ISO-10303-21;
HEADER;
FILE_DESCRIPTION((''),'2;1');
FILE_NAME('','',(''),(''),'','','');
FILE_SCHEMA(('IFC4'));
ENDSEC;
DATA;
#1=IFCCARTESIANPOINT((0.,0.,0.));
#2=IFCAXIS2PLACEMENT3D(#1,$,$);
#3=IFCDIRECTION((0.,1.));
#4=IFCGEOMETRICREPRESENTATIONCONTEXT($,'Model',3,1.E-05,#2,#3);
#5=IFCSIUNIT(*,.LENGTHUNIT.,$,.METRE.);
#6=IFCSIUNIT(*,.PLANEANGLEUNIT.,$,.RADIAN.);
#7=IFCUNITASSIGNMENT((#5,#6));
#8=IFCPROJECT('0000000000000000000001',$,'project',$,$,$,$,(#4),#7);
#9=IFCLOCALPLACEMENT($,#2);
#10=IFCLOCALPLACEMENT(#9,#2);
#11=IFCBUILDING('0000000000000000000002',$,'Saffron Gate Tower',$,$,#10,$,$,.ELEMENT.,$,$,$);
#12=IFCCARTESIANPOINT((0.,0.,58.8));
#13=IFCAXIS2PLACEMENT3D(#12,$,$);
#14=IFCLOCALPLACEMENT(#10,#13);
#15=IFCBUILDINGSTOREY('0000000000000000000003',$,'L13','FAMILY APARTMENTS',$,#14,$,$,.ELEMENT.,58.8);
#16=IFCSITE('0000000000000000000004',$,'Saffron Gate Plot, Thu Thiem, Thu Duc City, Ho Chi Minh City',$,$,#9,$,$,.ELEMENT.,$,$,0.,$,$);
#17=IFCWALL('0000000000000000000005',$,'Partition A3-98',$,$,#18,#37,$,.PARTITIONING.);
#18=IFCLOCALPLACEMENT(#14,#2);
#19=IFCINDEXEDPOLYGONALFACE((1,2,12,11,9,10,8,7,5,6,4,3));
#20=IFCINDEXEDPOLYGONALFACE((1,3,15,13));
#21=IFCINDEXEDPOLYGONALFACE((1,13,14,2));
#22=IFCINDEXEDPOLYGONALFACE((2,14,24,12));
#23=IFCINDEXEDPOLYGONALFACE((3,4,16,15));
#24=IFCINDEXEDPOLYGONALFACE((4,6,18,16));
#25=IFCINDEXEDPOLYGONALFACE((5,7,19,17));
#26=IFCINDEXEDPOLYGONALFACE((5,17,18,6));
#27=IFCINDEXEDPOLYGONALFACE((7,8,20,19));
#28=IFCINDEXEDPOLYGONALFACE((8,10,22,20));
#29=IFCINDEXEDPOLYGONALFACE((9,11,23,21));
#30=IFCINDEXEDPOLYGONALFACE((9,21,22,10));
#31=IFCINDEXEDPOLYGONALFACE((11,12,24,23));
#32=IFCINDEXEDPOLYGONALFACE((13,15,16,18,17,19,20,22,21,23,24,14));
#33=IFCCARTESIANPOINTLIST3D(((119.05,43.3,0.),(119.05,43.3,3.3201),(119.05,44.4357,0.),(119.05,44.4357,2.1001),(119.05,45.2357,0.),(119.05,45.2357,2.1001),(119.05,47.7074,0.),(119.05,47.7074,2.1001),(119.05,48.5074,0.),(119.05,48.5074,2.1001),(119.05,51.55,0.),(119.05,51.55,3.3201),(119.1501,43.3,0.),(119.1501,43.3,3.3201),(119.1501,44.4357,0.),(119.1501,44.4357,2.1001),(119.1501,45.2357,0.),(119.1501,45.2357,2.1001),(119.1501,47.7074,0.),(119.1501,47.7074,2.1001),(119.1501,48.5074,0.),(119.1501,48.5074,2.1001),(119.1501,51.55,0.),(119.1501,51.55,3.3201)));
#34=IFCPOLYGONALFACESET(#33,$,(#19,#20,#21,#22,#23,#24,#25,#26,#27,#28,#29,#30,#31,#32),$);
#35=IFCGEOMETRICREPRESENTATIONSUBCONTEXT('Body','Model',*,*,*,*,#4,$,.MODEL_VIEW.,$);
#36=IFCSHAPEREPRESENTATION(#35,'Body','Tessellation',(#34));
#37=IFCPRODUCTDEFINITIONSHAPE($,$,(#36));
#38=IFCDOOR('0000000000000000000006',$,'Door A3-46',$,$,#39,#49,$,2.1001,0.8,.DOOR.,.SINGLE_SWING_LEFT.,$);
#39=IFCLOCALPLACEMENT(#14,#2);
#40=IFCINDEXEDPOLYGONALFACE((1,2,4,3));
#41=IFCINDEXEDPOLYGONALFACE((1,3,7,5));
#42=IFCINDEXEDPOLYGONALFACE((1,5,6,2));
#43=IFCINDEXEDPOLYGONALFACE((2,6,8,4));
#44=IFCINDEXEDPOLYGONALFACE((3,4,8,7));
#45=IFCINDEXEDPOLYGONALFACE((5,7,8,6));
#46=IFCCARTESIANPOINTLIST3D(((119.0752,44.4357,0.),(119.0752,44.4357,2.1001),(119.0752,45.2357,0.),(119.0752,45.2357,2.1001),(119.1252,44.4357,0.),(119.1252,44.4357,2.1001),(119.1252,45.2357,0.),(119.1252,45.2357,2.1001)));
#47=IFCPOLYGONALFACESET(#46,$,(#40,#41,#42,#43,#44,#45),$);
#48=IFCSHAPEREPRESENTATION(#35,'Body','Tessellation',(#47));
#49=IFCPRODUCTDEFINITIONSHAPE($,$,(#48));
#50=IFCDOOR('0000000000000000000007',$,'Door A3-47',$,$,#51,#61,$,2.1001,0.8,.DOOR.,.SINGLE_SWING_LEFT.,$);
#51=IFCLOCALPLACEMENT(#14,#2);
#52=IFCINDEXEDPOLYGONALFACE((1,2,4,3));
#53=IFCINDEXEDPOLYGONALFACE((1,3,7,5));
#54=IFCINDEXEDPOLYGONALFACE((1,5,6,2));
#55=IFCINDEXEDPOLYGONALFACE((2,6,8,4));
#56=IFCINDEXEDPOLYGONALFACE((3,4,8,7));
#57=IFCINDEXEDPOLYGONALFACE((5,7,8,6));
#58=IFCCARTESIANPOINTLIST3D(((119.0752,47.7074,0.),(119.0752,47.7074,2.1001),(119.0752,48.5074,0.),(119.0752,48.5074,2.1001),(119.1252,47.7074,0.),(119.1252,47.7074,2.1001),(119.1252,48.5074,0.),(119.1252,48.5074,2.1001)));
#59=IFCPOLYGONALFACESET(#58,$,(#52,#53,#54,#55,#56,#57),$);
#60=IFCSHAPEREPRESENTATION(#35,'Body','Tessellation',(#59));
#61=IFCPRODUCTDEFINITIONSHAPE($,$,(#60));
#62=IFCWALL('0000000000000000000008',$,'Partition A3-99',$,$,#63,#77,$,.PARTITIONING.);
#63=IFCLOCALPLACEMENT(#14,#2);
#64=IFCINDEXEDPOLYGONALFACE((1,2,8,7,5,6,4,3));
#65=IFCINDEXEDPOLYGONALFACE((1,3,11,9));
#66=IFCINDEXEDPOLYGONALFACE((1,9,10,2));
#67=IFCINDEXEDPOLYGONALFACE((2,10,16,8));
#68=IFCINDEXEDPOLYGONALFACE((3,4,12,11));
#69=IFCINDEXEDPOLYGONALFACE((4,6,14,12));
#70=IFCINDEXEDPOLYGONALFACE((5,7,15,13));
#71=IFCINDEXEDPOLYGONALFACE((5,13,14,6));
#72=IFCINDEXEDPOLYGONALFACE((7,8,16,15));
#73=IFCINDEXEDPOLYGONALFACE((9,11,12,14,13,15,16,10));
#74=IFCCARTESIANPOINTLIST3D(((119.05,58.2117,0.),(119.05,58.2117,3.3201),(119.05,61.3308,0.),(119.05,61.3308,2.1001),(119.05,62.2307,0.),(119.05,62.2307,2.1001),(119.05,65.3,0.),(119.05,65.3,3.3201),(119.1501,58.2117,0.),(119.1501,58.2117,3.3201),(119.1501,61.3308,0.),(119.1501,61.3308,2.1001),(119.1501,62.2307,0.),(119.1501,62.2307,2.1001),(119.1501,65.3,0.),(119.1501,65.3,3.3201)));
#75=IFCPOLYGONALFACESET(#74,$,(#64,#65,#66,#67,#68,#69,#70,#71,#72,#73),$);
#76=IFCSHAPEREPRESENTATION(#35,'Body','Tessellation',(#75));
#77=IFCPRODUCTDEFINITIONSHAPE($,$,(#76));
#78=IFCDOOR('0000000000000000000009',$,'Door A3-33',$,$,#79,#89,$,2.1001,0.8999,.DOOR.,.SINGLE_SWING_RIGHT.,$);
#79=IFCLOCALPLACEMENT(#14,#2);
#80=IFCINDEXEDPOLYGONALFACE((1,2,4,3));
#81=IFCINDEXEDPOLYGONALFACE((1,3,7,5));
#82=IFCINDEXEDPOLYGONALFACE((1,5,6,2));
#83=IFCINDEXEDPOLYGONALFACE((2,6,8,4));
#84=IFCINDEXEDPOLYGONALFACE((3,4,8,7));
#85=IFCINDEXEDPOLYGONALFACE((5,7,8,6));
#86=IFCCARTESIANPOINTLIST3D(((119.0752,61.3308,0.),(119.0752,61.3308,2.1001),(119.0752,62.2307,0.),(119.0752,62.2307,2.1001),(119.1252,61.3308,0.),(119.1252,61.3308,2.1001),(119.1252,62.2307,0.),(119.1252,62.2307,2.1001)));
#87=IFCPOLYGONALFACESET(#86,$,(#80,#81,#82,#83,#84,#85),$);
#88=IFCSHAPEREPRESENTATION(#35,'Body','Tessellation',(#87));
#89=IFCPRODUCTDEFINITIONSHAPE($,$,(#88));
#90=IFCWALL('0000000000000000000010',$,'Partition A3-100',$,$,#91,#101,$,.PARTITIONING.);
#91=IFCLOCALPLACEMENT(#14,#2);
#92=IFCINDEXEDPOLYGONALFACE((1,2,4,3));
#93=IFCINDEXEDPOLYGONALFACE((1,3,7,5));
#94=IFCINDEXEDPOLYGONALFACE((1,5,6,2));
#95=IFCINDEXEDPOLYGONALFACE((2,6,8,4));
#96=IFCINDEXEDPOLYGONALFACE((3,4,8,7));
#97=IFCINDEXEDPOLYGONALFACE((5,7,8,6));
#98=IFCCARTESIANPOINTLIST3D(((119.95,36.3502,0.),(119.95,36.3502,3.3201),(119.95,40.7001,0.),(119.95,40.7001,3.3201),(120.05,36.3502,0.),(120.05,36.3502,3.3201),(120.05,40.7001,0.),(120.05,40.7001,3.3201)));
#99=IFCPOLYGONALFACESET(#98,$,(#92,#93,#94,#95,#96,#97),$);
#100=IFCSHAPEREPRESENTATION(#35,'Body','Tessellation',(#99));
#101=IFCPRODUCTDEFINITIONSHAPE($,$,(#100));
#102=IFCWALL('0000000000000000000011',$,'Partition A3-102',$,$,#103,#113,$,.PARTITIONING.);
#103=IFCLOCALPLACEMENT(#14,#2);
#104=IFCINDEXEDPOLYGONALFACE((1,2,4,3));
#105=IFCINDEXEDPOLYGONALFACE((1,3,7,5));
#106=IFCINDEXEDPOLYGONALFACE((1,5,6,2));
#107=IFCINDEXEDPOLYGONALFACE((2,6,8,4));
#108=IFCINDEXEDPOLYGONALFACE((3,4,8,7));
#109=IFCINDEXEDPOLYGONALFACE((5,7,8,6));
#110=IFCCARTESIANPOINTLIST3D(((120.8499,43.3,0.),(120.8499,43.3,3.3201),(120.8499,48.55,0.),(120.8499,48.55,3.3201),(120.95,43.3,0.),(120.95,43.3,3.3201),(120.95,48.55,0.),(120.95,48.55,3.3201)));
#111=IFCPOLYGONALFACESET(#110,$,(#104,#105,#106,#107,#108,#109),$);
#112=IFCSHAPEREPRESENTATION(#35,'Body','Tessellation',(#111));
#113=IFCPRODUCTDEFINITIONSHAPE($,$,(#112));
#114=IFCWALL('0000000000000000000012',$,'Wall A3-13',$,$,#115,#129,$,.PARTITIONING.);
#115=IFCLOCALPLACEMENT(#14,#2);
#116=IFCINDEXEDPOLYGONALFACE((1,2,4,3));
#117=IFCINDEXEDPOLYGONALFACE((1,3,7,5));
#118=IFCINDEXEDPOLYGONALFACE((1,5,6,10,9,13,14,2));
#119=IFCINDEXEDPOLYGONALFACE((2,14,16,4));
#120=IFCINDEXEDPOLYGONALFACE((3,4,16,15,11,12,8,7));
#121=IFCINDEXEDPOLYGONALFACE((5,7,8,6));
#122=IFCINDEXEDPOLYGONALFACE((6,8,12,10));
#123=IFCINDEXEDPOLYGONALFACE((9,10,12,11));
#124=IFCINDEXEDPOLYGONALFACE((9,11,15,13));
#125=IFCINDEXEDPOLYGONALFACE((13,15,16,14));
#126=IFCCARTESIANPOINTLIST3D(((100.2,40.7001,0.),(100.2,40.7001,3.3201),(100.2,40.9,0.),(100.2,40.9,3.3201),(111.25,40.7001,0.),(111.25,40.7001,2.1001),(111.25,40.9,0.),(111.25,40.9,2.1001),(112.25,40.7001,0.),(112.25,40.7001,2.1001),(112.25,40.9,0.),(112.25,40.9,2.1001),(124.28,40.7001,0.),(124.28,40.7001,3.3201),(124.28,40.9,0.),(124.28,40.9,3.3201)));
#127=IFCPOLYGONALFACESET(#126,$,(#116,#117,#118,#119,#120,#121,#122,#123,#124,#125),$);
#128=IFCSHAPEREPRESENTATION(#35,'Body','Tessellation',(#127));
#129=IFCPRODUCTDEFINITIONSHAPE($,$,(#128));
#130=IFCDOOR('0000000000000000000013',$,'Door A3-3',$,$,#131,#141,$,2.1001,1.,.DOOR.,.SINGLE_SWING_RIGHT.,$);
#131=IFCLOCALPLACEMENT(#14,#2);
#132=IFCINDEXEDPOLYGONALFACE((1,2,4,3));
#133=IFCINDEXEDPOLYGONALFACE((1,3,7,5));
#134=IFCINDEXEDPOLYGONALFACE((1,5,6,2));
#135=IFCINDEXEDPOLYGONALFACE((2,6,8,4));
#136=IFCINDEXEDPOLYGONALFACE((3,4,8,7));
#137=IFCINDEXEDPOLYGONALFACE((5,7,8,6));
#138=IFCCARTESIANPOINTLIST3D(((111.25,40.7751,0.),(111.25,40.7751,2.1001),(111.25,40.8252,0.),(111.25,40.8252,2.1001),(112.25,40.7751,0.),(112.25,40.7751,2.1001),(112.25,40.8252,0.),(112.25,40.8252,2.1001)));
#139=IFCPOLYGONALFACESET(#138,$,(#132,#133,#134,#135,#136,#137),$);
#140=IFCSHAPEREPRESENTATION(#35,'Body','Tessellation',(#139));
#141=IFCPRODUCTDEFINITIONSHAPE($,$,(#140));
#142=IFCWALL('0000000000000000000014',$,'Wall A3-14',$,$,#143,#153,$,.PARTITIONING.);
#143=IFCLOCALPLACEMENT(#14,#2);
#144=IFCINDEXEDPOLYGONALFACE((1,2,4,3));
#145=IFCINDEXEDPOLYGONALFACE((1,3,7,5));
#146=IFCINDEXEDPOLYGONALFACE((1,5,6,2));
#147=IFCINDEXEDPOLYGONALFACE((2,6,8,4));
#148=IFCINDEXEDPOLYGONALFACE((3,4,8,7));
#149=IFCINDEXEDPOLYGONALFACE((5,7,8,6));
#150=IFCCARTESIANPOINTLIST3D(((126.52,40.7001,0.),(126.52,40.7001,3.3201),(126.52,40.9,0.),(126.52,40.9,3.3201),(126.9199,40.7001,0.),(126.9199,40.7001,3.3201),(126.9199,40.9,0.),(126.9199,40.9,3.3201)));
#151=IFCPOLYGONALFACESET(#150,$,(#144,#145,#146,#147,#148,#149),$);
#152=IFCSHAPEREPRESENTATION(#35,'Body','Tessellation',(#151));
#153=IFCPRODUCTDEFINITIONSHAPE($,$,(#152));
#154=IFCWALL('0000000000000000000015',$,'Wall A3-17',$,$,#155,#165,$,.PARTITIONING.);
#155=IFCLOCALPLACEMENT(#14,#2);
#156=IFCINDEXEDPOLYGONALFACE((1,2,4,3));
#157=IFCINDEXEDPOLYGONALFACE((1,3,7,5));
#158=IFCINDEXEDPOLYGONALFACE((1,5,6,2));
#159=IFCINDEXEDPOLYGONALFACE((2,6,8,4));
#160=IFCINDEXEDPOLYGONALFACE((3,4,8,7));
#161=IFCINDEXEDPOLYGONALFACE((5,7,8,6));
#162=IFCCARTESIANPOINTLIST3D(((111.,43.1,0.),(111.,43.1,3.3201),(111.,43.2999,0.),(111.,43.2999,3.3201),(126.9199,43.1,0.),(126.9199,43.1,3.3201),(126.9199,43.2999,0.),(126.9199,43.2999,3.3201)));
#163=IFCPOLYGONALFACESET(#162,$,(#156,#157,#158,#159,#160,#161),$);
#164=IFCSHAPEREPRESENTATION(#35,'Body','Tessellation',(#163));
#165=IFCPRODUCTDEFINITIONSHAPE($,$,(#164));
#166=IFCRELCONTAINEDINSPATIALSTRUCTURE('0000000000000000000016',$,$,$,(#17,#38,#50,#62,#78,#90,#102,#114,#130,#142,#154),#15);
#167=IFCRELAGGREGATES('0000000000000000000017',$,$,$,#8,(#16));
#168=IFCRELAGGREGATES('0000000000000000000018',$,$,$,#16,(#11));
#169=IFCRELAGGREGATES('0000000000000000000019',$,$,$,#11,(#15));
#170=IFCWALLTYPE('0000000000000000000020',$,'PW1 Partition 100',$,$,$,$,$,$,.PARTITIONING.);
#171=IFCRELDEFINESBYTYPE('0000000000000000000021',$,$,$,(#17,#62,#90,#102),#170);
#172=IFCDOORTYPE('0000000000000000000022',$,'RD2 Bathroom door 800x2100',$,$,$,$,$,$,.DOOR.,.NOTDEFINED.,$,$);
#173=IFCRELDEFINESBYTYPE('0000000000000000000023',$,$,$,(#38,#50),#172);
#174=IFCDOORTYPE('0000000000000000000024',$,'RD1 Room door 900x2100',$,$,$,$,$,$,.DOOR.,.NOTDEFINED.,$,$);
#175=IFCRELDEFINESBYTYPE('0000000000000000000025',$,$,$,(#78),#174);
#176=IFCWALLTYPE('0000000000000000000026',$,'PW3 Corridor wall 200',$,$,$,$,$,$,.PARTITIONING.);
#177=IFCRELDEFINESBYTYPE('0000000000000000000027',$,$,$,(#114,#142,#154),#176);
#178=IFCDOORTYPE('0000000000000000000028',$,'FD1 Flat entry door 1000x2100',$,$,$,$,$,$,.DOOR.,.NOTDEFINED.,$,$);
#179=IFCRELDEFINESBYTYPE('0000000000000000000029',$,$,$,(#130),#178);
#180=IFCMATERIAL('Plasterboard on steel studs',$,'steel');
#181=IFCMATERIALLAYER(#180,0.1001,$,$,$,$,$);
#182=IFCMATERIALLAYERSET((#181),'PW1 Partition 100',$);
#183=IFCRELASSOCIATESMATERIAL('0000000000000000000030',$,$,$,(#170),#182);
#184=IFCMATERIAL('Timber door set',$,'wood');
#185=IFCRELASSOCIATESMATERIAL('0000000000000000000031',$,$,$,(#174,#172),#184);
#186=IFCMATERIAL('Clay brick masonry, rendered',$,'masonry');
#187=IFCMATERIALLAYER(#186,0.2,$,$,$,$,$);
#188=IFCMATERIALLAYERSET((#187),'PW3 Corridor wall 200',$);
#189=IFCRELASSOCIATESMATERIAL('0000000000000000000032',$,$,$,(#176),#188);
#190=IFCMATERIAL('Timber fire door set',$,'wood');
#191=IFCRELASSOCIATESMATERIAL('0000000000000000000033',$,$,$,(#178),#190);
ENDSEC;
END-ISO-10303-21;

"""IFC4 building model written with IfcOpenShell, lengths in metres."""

from ifc_helpers import new_model, si_unit, direction, frame, frame_2d, origin, place, context, subcontext, project, spatial, rectangle, extrude, material, layer, layer_set, type_object, element, fill, save


model = new_model("IFC4")

# Units and contexts
model_context = context("Model", 3, precision=1e-05, world=origin(), true_north=direction((0.0, 1.0)))
body_context = subcontext(model_context, "Body", "Model", "MODEL_VIEW")
ifc_project = project(units=[si_unit("LENGTHUNIT", "METRE"), si_unit("PLANEANGLEUNIT", "RADIAN")], contexts=[model_context])

# Site, building, storey
site_placement = place(None, origin())
site = spatial("IfcSite", under=ifc_project, at=site_placement, Name="Saffron Gate Plot, Thu Thiem, Thu Duc City, Ho Chi Minh City", CompositionType="ELEMENT", RefElevation=0.0)
building_placement = place(site_placement, origin())
building = spatial("IfcBuilding", under=site, at=building_placement, Name="Saffron Gate Tower", CompositionType="ELEMENT")
storey_placement = place(building_placement, frame((0.0, 0.0, 58.8)))
storey = spatial("IfcBuildingStorey", under=building, at=storey_placement, Name="L13", Description="FAMILY APARTMENTS", CompositionType="ELEMENT", Elevation=58.8)

# Shared definitions
ifc_material_1 = material(Name="Plasterboard on steel studs", Category="steel")
ifc_layer_1 = layer(ifc_material_1, 0.1001)
ifc_layer_set_1 = layer_set([ifc_layer_1], Name="PW1 Partition 100")
wall_type_1 = type_object("IfcWallType", Name="PW1 Partition 100", PredefinedType="PARTITIONING", material=ifc_layer_set_1)

# Shared definitions
ifc_material_2 = material(Name="Timber door set", Category="wood")
door_type_1 = type_object("IfcDoorType", Name="RD1 Room door 900x2100", OperationType="NOTDEFINED", PredefinedType="DOOR", material=ifc_material_2)

# Wall, openings, doors
wall_1_placement = place(storey_placement, frame((119.1001, 43.3, 0.0), z_axis=(0.0, 0.0, 1.0), x_axis=(0.0, 1.0, 0.0)))
wall_1 = element("IfcWall", 1, at=wall_1_placement, inside=storey, type_object=wall_type_1, Name="Partition A3-98", PredefinedType="PARTITIONING", context=body_context, shape_type="SweptSolid", body=[
    extrude(rectangle(XDim=8.25, YDim=0.1001, at=frame_2d((4.125, 0.0))), origin(), (0.0, 0.0, 1.0), 3.3201),
])
opening_1_placement = place(wall_1_placement, frame((1.1357, 0.0, 0.0)))
opening_1 = element("IfcOpeningElement", 2, at=opening_1_placement, cuts=wall_1, PredefinedType="OPENING", context=body_context, shape_type="SweptSolid", body=[
    extrude(rectangle(XDim=0.8, YDim=2.1001, at=frame_2d((0.3999, 1.05))), frame((0.0, 0.0601, 0.0), z_axis=(0.0, -1.0, 0.0), x_axis=(1.0, 0.0, 0.0)), (0.0, 0.0, 1.0), 0.1201),
])
opening_2_placement = place(wall_1_placement, frame((4.4075, 0.0, 0.0)))
opening_2 = element("IfcOpeningElement", 3, at=opening_2_placement, cuts=wall_1, PredefinedType="OPENING", context=body_context, shape_type="SweptSolid", body=[
    extrude(rectangle(XDim=0.8, YDim=2.1001, at=frame_2d((0.3999, 1.05))), frame((0.0, 0.0601, 0.0), z_axis=(0.0, -1.0, 0.0), x_axis=(1.0, 0.0, 0.0)), (0.0, 0.0, 1.0), 0.1201),
])
door_type_2 = type_object("IfcDoorType", Name="RD2 Bathroom door 800x2100", OperationType="NOTDEFINED", PredefinedType="DOOR", material=ifc_material_2)
door_1_placement = place(opening_1_placement, origin())
door_1 = element("IfcDoor", 4, at=door_1_placement, inside=storey, type_object=door_type_2, Name="Door A3-46", OperationType="SINGLE_SWING_LEFT", OverallHeight=2.1001, OverallWidth=0.8, PredefinedType="DOOR", context=body_context, shape_type="SweptSolid", body=[
    extrude(rectangle(XDim=0.8, YDim=2.1001, at=frame_2d((0.3999, 1.05))), frame((0.0, 0.0249, 0.0), z_axis=(0.0, -1.0, 0.0), x_axis=(1.0, 0.0, 0.0)), (0.0, 0.0, 1.0), 0.05),
])
fill(opening_1, door_1)
door_2_placement = place(opening_2_placement, origin())
door_2 = element("IfcDoor", 5, at=door_2_placement, inside=storey, type_object=door_type_2, Name="Door A3-47", OperationType="SINGLE_SWING_LEFT", OverallHeight=2.1001, OverallWidth=0.8, PredefinedType="DOOR", context=body_context, shape_type="SweptSolid", body=[
    extrude(rectangle(XDim=0.8, YDim=2.1001, at=frame_2d((0.3999, 1.05))), frame((0.0, 0.0249, 0.0), z_axis=(0.0, -1.0, 0.0), x_axis=(1.0, 0.0, 0.0)), (0.0, 0.0, 1.0), 0.05),
])
fill(opening_2, door_2)

# Wall, opening, door
wall_2_placement = place(storey_placement, frame((119.1001, 58.2117, 0.0), z_axis=(0.0, 0.0, 1.0), x_axis=(0.0, 1.0, 0.0)))
wall_2 = element("IfcWall", 6, at=wall_2_placement, inside=storey, type_object=wall_type_1, Name="Partition A3-99", PredefinedType="PARTITIONING", context=body_context, shape_type="SweptSolid", body=[
    extrude(rectangle(XDim=7.0884, YDim=0.1001, at=frame_2d((3.5442, 0.0))), origin(), (0.0, 0.0, 1.0), 3.3201),
])
opening_3_placement = place(wall_2_placement, frame((3.1191, 0.0, 0.0)))
opening_3 = element("IfcOpeningElement", 7, at=opening_3_placement, cuts=wall_2, PredefinedType="OPENING", context=body_context, shape_type="SweptSolid", body=[
    extrude(rectangle(XDim=0.8999, YDim=2.1001, at=frame_2d((0.45, 1.05))), frame((0.0, 0.0601, 0.0), z_axis=(0.0, -1.0, 0.0), x_axis=(1.0, 0.0, 0.0)), (0.0, 0.0, 1.0), 0.1201),
])
door_3_placement = place(opening_3_placement, origin())
door_3 = element("IfcDoor", 8, at=door_3_placement, inside=storey, type_object=door_type_1, Name="Door A3-33", OperationType="SINGLE_SWING_RIGHT", OverallHeight=2.1001, OverallWidth=0.8999, PredefinedType="DOOR", context=body_context, shape_type="SweptSolid", body=[
    extrude(rectangle(XDim=0.8999, YDim=2.1001, at=frame_2d((0.45, 1.05))), frame((0.0, 0.0249, 0.0), z_axis=(0.0, -1.0, 0.0), x_axis=(1.0, 0.0, 0.0)), (0.0, 0.0, 1.0), 0.05),
])
fill(opening_3, door_3)

# Walls
wall_3_placement = place(storey_placement, frame((120.0, 40.7, 0.0), z_axis=(0.0, 0.0, 1.0), x_axis=(0.0, -1.0, 0.0)))
element("IfcWall", 9, at=wall_3_placement, inside=storey, type_object=wall_type_1, Name="Partition A3-100", PredefinedType="PARTITIONING", context=body_context, shape_type="SweptSolid", body=[
    extrude(rectangle(XDim=4.3499, YDim=0.1001, at=frame_2d((2.1748, 0.0))), origin(), (0.0, 0.0, 1.0), 3.3201),
])
wall_4_placement = place(storey_placement, frame((120.8999, 48.55, 0.0), z_axis=(0.0, 0.0, 1.0), x_axis=(0.0, -1.0, 0.0)))
element("IfcWall", 10, at=wall_4_placement, inside=storey, type_object=wall_type_1, Name="Partition A3-102", PredefinedType="PARTITIONING", context=body_context, shape_type="SweptSolid", body=[
    extrude(rectangle(XDim=5.25, YDim=0.1001, at=frame_2d((2.625, 0.0))), origin(), (0.0, 0.0, 1.0), 3.3201),
])

# Wall, opening, door
ifc_material_3 = material(Name="Clay brick masonry, rendered", Category="masonry")
ifc_layer_2 = layer(ifc_material_3, 0.2)
ifc_layer_set_2 = layer_set([ifc_layer_2], Name="PW3 Corridor wall 200")
wall_type_2 = type_object("IfcWallType", Name="PW3 Corridor wall 200", PredefinedType="PARTITIONING", material=ifc_layer_set_2)
wall_5_placement = place(storey_placement, frame((124.28, 40.8, 0.0), z_axis=(0.0, 0.0, 1.0), x_axis=(-1.0, 0.0, 0.0)))
wall_5 = element("IfcWall", 11, at=wall_5_placement, inside=storey, type_object=wall_type_2, Name="Wall A3-13", PredefinedType="PARTITIONING", context=body_context, shape_type="SweptSolid", body=[
    extrude(rectangle(XDim=24.0801, YDim=0.2, at=frame_2d((12.04, 0.0))), origin(), (0.0, 0.0, 1.0), 3.3201),
])
opening_4_placement = place(wall_5_placement, frame((12.03, 0.0, 0.0)))
opening_4 = element("IfcOpeningElement", 12, at=opening_4_placement, cuts=wall_5, PredefinedType="OPENING", context=body_context, shape_type="SweptSolid", body=[
    extrude(rectangle(XDim=1.0, YDim=2.1001, at=frame_2d((0.5, 1.05))), frame((0.0, 0.1099, 0.0), z_axis=(0.0, -1.0, 0.0), x_axis=(1.0, 0.0, 0.0)), (0.0, 0.0, 1.0), 0.22),
])
ifc_material_4 = material(Name="Timber fire door set", Category="wood")
door_type_3 = type_object("IfcDoorType", Name="FD1 Flat entry door 1000x2100", OperationType="NOTDEFINED", PredefinedType="DOOR", material=ifc_material_4)
door_4_placement = place(opening_4_placement, origin())
door_4 = element("IfcDoor", 13, at=door_4_placement, inside=storey, type_object=door_type_3, Name="Door A3-3", OperationType="SINGLE_SWING_RIGHT", OverallHeight=2.1001, OverallWidth=1.0, PredefinedType="DOOR", context=body_context, shape_type="SweptSolid", body=[
    extrude(rectangle(XDim=1.0, YDim=2.1001, at=frame_2d((0.5, 1.05))), frame((0.0, 0.0249, 0.0), z_axis=(0.0, -1.0, 0.0), x_axis=(1.0, 0.0, 0.0)), (0.0, 0.0, 1.0), 0.05),
])
fill(opening_4, door_4)

# Walls
wall_6_placement = place(storey_placement, frame((126.52, 40.8, 0.0), z_axis=(0.0, 0.0, 1.0), x_axis=(1.0, 0.0, 0.0)))
element("IfcWall", 14, at=wall_6_placement, inside=storey, type_object=wall_type_2, Name="Wall A3-14", PredefinedType="PARTITIONING", context=body_context, shape_type="SweptSolid", body=[
    extrude(rectangle(XDim=0.3999, YDim=0.2, at=frame_2d((0.2, 0.0))), origin(), (0.0, 0.0, 1.0), 3.3201),
])
wall_7_placement = place(storey_placement, frame((111.0, 43.2, 0.0), z_axis=(0.0, 0.0, 1.0), x_axis=(1.0, 0.0, 0.0)))
element("IfcWall", 15, at=wall_7_placement, inside=storey, type_object=wall_type_2, Name="Wall A3-17", PredefinedType="PARTITIONING", context=body_context, shape_type="SweptSolid", body=[
    extrude(rectangle(XDim=15.9199, YDim=0.2, at=frame_2d((7.96, 0.0))), origin(), (0.0, 0.0, 1.0), 3.3201),
])

save(model, "model.ifc")
